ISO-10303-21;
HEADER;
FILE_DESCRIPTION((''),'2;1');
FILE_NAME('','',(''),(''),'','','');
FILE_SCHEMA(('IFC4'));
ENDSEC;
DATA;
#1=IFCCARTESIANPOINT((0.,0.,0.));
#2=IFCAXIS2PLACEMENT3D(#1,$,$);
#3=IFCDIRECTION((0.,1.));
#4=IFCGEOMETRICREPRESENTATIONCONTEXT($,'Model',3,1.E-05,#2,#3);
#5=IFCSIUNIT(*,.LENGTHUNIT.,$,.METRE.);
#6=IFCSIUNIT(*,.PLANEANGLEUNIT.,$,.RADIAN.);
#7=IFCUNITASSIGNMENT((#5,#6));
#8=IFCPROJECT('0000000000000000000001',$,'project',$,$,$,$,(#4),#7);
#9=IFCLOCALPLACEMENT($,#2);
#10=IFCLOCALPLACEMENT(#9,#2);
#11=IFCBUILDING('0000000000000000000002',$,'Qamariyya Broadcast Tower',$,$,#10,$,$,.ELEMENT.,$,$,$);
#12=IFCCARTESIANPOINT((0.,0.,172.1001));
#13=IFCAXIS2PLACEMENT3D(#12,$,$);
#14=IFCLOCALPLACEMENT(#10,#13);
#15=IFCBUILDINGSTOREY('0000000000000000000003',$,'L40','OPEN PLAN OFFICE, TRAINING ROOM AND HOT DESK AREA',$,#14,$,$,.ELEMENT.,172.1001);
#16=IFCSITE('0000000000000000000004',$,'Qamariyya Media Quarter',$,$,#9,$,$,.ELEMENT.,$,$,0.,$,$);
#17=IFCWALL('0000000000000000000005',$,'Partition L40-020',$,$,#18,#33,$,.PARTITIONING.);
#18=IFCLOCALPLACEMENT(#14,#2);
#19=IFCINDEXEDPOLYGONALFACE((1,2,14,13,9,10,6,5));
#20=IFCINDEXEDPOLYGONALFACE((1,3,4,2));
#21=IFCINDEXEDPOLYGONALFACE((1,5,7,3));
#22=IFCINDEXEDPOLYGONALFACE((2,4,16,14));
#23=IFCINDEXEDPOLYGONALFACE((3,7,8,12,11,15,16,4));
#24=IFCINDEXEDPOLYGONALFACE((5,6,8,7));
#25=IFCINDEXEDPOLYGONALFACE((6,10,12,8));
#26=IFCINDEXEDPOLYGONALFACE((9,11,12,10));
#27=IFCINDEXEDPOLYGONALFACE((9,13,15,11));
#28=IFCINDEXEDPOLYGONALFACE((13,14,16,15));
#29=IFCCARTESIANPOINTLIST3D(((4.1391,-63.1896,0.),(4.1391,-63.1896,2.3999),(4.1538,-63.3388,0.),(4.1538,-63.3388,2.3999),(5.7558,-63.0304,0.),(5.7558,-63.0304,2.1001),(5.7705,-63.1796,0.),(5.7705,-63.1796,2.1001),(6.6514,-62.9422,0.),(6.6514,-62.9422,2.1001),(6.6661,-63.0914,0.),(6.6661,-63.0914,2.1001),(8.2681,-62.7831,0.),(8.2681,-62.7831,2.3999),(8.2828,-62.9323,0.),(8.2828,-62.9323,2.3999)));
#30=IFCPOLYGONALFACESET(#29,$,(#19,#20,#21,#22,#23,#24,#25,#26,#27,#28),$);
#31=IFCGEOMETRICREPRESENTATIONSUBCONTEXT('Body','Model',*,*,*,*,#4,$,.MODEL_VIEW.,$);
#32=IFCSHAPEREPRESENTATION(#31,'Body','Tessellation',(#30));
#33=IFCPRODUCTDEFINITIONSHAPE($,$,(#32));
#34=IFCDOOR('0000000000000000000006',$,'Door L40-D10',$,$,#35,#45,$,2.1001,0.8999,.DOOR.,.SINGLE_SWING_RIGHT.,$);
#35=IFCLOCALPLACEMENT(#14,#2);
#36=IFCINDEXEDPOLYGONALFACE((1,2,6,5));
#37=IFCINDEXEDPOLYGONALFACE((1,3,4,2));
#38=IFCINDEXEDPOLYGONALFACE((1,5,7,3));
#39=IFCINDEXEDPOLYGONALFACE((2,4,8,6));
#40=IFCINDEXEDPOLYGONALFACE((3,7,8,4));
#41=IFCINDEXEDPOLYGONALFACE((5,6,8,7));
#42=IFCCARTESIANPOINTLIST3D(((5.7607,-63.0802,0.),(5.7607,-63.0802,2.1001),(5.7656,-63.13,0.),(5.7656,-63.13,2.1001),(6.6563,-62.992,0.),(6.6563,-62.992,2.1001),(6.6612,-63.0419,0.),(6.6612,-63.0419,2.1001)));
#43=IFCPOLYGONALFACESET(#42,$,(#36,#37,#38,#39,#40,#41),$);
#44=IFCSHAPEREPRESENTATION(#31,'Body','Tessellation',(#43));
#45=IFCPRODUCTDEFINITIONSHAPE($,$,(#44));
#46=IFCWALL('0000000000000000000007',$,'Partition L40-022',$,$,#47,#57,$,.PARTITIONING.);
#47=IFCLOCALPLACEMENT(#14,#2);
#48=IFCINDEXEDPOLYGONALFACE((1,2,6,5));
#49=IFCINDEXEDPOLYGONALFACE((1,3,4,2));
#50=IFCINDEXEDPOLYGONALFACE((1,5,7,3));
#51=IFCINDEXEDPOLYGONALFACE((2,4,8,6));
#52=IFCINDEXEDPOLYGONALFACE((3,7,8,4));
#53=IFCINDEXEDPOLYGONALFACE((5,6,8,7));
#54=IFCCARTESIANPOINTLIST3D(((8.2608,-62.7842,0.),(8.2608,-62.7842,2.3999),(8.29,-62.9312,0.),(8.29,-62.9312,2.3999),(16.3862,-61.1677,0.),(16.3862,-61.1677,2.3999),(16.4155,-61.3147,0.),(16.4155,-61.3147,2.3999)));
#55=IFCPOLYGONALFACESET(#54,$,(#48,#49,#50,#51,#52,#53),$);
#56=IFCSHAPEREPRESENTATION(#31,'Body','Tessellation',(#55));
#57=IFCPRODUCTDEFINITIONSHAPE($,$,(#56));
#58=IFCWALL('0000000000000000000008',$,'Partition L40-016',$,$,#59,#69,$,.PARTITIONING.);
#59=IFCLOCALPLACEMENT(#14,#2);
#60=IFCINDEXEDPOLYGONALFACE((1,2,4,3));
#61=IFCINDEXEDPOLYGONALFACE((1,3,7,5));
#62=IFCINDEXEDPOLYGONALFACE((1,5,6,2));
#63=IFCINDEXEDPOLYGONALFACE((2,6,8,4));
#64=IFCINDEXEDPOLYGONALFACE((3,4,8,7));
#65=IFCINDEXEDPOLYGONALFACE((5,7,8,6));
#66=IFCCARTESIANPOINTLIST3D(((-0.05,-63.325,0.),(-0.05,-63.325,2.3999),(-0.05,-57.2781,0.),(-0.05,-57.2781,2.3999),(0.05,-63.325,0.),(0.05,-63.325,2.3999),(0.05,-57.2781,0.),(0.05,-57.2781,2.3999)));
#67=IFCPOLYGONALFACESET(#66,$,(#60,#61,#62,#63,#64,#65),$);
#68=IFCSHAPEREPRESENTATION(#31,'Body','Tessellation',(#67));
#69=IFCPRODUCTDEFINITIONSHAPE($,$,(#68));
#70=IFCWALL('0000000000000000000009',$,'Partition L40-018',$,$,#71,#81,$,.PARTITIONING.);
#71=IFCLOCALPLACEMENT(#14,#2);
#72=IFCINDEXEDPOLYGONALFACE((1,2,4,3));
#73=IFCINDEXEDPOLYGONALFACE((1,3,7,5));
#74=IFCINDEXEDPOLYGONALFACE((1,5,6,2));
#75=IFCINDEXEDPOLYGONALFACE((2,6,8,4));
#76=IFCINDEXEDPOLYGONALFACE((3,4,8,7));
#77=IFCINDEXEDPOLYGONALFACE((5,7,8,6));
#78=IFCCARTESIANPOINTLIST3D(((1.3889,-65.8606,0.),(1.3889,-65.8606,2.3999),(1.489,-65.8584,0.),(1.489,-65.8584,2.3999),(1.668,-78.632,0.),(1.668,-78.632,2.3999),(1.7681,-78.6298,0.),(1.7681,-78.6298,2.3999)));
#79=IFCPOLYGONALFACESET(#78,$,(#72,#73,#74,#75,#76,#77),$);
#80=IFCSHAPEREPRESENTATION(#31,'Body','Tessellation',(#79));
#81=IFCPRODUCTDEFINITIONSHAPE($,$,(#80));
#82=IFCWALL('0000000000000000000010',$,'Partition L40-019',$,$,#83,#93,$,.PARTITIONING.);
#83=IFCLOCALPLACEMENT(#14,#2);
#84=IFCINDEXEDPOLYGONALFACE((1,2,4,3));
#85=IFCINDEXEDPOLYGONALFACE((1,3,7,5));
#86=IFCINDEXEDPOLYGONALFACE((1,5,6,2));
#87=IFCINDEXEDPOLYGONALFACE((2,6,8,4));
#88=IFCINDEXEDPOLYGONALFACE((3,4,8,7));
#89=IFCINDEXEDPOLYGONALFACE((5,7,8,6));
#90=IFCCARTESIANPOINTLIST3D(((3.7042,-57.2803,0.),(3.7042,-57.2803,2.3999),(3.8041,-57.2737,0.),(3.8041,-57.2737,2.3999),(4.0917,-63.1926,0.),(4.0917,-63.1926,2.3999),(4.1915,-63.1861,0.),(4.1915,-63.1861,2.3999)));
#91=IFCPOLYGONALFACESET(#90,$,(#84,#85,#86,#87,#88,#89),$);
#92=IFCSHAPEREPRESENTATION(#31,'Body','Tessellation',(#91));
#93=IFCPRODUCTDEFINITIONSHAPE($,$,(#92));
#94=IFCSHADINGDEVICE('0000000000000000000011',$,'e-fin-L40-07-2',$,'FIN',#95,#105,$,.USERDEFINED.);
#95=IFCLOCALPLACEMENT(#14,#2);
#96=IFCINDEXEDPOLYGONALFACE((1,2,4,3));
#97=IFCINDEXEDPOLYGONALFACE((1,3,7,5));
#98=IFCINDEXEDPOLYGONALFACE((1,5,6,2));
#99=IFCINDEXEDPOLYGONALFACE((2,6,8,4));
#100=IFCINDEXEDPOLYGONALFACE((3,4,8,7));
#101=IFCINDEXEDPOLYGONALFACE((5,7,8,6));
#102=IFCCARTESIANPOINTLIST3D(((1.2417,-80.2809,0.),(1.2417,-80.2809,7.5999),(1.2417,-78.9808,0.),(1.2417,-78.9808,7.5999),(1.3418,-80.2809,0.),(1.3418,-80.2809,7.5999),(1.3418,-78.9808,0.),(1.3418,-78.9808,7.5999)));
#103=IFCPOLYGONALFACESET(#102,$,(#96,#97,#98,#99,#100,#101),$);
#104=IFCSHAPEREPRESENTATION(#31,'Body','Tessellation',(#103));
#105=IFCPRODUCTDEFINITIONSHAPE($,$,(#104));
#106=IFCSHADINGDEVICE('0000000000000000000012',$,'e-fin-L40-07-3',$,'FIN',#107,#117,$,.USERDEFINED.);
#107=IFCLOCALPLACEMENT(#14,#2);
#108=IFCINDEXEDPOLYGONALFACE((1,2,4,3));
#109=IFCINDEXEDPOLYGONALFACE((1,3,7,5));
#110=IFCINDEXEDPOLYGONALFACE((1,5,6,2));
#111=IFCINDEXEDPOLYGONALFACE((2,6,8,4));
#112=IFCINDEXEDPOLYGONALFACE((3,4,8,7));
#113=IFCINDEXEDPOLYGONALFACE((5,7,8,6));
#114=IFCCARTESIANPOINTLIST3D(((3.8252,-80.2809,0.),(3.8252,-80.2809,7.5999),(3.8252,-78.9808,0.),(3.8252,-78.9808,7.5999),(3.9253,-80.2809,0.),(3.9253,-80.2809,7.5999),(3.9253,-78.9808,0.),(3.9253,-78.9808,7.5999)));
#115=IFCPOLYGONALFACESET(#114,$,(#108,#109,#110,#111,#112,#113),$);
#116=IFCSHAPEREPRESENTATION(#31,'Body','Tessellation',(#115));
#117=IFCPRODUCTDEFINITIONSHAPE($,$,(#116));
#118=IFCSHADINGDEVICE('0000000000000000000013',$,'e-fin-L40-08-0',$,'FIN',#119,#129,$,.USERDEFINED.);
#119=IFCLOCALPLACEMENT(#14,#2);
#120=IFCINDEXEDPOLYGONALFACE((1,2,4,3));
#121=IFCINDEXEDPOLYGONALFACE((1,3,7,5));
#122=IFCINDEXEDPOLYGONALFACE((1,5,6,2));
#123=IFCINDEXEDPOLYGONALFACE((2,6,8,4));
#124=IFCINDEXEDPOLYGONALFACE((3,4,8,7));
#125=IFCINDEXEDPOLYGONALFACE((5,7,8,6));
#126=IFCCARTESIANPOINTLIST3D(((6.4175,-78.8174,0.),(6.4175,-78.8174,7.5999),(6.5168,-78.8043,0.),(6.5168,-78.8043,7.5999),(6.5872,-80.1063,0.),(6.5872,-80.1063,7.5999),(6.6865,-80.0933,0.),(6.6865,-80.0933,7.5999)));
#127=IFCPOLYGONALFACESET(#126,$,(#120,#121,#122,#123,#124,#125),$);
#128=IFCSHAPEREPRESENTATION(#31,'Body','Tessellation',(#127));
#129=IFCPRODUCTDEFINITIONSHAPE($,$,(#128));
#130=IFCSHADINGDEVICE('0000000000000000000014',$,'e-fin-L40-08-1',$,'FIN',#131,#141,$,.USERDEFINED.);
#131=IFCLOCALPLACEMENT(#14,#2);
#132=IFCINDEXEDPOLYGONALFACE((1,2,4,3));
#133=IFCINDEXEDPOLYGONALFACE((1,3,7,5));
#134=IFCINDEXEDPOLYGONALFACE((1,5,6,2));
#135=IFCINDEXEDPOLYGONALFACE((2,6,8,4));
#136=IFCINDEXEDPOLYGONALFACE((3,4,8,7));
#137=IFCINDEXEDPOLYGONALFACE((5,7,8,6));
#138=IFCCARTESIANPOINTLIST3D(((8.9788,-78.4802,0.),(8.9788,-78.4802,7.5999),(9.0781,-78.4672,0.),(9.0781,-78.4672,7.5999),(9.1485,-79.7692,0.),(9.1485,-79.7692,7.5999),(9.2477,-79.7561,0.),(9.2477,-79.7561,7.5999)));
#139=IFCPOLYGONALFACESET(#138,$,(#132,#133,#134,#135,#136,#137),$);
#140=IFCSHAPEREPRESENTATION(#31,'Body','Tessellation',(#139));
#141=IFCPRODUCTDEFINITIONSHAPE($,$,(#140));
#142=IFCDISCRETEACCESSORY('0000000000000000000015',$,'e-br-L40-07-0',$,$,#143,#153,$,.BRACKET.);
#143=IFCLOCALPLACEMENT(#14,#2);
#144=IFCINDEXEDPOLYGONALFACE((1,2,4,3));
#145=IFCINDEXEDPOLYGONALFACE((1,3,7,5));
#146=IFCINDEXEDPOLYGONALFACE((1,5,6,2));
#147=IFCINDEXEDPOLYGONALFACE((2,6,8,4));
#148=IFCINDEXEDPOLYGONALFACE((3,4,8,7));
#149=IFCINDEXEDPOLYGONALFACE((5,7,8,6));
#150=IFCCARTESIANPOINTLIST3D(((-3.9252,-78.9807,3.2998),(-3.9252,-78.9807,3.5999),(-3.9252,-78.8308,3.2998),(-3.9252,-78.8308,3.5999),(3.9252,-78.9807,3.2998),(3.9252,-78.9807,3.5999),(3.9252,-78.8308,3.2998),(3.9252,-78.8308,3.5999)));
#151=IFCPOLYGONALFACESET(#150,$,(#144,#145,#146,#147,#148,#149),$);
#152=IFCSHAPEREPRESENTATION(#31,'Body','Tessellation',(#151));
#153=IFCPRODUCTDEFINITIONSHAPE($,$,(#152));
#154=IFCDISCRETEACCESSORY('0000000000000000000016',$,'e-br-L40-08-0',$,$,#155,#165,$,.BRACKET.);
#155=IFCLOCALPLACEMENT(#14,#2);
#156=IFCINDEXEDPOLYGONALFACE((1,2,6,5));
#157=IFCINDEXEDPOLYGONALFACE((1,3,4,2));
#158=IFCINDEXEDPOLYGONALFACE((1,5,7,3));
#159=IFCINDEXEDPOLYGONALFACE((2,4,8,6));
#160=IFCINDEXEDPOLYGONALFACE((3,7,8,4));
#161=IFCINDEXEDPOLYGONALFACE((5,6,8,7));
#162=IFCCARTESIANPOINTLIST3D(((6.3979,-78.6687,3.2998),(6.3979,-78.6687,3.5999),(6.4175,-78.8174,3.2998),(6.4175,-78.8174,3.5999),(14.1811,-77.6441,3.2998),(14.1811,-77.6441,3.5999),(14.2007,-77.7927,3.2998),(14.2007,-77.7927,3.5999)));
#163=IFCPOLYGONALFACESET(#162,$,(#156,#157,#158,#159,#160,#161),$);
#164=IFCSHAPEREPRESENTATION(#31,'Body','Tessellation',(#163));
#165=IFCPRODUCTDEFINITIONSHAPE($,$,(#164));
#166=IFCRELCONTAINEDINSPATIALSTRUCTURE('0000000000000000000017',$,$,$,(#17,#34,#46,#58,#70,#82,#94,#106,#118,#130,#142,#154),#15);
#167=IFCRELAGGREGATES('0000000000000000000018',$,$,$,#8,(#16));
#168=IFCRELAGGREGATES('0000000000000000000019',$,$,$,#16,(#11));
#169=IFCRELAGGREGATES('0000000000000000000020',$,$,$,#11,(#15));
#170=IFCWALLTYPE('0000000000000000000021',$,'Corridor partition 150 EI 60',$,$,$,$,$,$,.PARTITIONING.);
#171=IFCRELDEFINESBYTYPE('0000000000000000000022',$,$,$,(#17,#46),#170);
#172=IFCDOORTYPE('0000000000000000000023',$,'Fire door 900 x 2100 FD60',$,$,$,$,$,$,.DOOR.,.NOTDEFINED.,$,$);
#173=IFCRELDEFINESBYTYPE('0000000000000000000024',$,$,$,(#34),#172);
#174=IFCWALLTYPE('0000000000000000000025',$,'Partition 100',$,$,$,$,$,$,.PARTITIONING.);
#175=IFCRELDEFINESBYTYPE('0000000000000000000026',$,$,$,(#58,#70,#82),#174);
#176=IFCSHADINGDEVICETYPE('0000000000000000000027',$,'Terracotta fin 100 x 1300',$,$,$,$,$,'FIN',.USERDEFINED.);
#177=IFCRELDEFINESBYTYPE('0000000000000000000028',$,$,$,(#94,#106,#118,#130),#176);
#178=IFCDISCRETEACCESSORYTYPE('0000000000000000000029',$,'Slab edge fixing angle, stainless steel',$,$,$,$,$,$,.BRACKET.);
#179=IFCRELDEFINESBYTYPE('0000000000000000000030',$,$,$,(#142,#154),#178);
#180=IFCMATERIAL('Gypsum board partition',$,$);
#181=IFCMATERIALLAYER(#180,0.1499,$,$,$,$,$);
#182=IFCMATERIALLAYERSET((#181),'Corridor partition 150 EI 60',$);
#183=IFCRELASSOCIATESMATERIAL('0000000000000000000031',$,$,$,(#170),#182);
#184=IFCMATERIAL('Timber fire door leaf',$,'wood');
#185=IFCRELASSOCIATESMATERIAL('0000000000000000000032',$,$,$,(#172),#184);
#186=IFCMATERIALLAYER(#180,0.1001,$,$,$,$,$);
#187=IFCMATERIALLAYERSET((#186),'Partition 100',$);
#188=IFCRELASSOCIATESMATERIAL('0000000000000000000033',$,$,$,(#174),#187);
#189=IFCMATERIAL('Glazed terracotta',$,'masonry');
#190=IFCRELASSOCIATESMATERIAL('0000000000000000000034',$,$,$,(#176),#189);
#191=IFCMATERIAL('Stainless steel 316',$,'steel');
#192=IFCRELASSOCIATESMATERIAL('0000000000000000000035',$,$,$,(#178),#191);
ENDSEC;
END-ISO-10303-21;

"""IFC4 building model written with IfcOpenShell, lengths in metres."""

from ifc_helpers import new_model, si_unit, direction, frame, frame_2d, origin, origin_2d, place, context, subcontext, project, spatial, rectangle, extrude, material, layer, layer_set, material_profile, profile_set, type_object, element, fill, save


model = new_model("IFC4")

# Units and contexts
model_context = context("Model", 3, precision=1e-05, world=origin(), true_north=direction((0.0, 1.0)))
body_context = subcontext(model_context, "Body", "Model", "MODEL_VIEW")
ifc_project = project(units=[si_unit("LENGTHUNIT", "METRE"), si_unit("PLANEANGLEUNIT", "RADIAN")], contexts=[model_context])

# Site, building, storey
site_placement = place(None, origin())
site = spatial("IfcSite", under=ifc_project, at=site_placement, Name="Qamariyya Media Quarter", CompositionType="ELEMENT", RefElevation=0.0)
building_placement = place(site_placement, origin())
building = spatial("IfcBuilding", under=site, at=building_placement, Name="Qamariyya Broadcast Tower", CompositionType="ELEMENT")
storey_placement = place(building_placement, frame((0.0, 0.0, 172.1001)))
storey = spatial("IfcBuildingStorey", under=building, at=storey_placement, Name="L40", Description="OPEN PLAN OFFICE, TRAINING ROOM AND HOT DESK AREA", CompositionType="ELEMENT", Elevation=172.1001)

# Wall, opening, door
ifc_material_1 = material(Name="Gypsum board partition")
ifc_layer_1 = layer(ifc_material_1, 0.1499)
ifc_layer_set_1 = layer_set([ifc_layer_1], Name="Corridor partition 150 EI 60")
wall_type_1 = type_object("IfcWallType", Name="Corridor partition 150 EI 60", PredefinedType="PARTITIONING", material=ifc_layer_set_1)
ifc_material_2 = material(Name="Timber fire door leaf", Category="wood")
door_type_1 = type_object("IfcDoorType", Name="Fire door 900 x 2100 FD60", OperationType="NOTDEFINED", PredefinedType="DOOR", material=ifc_material_2)
wall_1_placement = place(storey_placement, frame((4.1465, -63.2642, 0.0), z_axis=(0.0, 0.0, 1.0), x_axis=(0.995189, 0.097977, 0.0)))
wall_1 = element("IfcWall", 1, at=wall_1_placement, inside=storey, type_object=wall_type_1, Name="Partition L40-020", PredefinedType="PARTITIONING", context=body_context, shape_type="SweptSolid", body=[
    extrude(rectangle(XDim=4.1489, YDim=0.1499, at=frame_2d((2.0745, 0.0))), origin(), (0.0, 0.0, 1.0), 2.3999),
])
opening_1_placement = place(wall_1_placement, frame((1.6245, 0.0, 0.0)))
opening_1 = element("IfcOpeningElement", 2, at=opening_1_placement, cuts=wall_1, PredefinedType="OPENING", context=body_context, shape_type="SweptSolid", body=[
    extrude(rectangle(XDim=0.8999, YDim=2.1001, at=frame_2d((0.45, 1.05))), frame((0.0, 0.085, 0.0), z_axis=(0.0, -1.0, 0.0), x_axis=(1.0, 0.0, 0.0)), (0.0, 0.0, 1.0), 0.1699),
])
door_1_placement = place(opening_1_placement, origin())
door_1 = element("IfcDoor", 3, at=door_1_placement, inside=storey, type_object=door_type_1, Name="Door L40-D10", OperationType="SINGLE_SWING_RIGHT", OverallHeight=2.1001, OverallWidth=0.8999, PredefinedType="DOOR", context=body_context, shape_type="SweptSolid", body=[
    extrude(rectangle(XDim=0.8999, YDim=2.1001, at=frame_2d((0.45, 1.05))), frame((0.0, 0.0249, 0.0), z_axis=(0.0, -1.0, 0.0), x_axis=(1.0, 0.0, 0.0)), (0.0, 0.0, 1.0), 0.05),
])
fill(opening_1, door_1)

# Walls
wall_2_placement = place(storey_placement, frame((8.2754, -62.8577, 0.0), z_axis=(0.0, 0.0, 1.0), x_axis=(0.980781, 0.195113, 0.0)))
element("IfcWall", 4, at=wall_2_placement, inside=storey, type_object=wall_type_1, Name="Partition L40-022", PredefinedType="PARTITIONING", context=body_context, shape_type="SweptSolid", body=[
    extrude(rectangle(XDim=8.2847, YDim=0.1499, at=frame_2d((4.1423, 0.0))), origin(), (0.0, 0.0, 1.0), 2.3999),
])
ifc_layer_2 = layer(ifc_material_1, 0.1001)
ifc_layer_set_2 = layer_set([ifc_layer_2], Name="Partition 100")
wall_type_2 = type_object("IfcWallType", Name="Partition 100", PredefinedType="PARTITIONING", material=ifc_layer_set_2)
wall_3_placement = place(storey_placement, frame((0.0, -57.2781, 0.0), z_axis=(0.0, 0.0, 1.0), x_axis=(0.0, -1.0, 0.0)))
element("IfcWall", 5, at=wall_3_placement, inside=storey, type_object=wall_type_2, Name="Partition L40-016", PredefinedType="PARTITIONING", context=body_context, shape_type="SweptSolid", body=[
    extrude(rectangle(XDim=6.0469, YDim=0.1001, at=frame_2d((3.0234, 0.0))), origin(), (0.0, 0.0, 1.0), 2.3999),
])
wall_4_placement = place(storey_placement, frame((1.718, -78.6309, 0.0), z_axis=(0.0, 0.0, 1.0), x_axis=(-0.021844, 0.999761, 0.0)))
element("IfcWall", 6, at=wall_4_placement, inside=storey, type_object=wall_type_2, Name="Partition L40-018", PredefinedType="PARTITIONING", context=body_context, shape_type="SweptSolid", body=[
    extrude(rectangle(XDim=12.7744, YDim=0.1001, at=frame_2d((6.3872, 0.0))), origin(), (0.0, 0.0, 1.0), 2.3999),
])
wall_5_placement = place(storey_placement, frame((3.7542, -57.2771, 0.0), z_axis=(0.0, 0.0, 1.0), x_axis=(0.065392, -0.99786, 0.0)))
element("IfcWall", 7, at=wall_5_placement, inside=storey, type_object=wall_type_2, Name="Partition L40-019", PredefinedType="PARTITIONING", context=body_context, shape_type="SweptSolid", body=[
    extrude(rectangle(XDim=5.925, YDim=0.1001, at=frame_2d((2.9624, 0.0))), origin(), (0.0, 0.0, 1.0), 2.3999),
])

# Shading devices
ifc_material_3 = material(Name="Glazed terracotta", Category="masonry")
ifc_material_profile_1 = material_profile(ifc_material_3, rectangle(XDim=1.3, YDim=0.1001, at=origin_2d()))
ifc_profile_set_1 = profile_set([ifc_material_profile_1], Name="Glazed terracotta")
shading_device_type = type_object("IfcShadingDeviceType", Name="Terracotta fin 100 x 1300", ElementType="FIN", PredefinedType="USERDEFINED", material=ifc_profile_set_1)
for number, where, z_axis, x_axis, name in (
    (8, (1.2917, -79.6309, 0.0), (0.0, 0.0, 1.0), (0.0, -1.0, 0.0), "e-fin-L40-07-2"),
    (9, (3.8752, -79.6309, 0.0), (0.0, 0.0, 1.0), (0.0, -1.0, 0.0), "e-fin-L40-07-3"),
    (10, (6.552, -79.4553, 0.0), (0.0, 0.0, 1.0), (0.130526, -0.991445, 0.0), "e-fin-L40-08-0"),
    (11, (9.1133, -79.1182, 0.0), (0.0, 0.0, 1.0), (0.130526, -0.991445, 0.0), "e-fin-L40-08-1"),
):
    element("IfcShadingDevice", number, at=place(storey_placement, frame(where, z_axis=z_axis, x_axis=x_axis)), inside=storey, type_object=shading_device_type, Name=name, ObjectType="FIN", PredefinedType="USERDEFINED", context=body_context, shape_type="SweptSolid", body=[
        extrude(rectangle(XDim=1.3, YDim=0.1001, at=origin_2d()), origin(), (0.0, 0.0, 1.0), 7.5999),
    ])

# Discrete accessories
ifc_material_4 = material(Name="Stainless steel 316", Category="steel")
discrete_accessory_type = type_object("IfcDiscreteAccessoryType", Name="Slab edge fixing angle, stainless steel", PredefinedType="BRACKET", material=ifc_material_4)
for number, where, z_axis, x_axis, name in (
    (12, (0.0, -78.9058, 3.2998), (0.0, 0.0, 1.0), (1.0, 0.0, 0.0), "e-br-L40-07-0"),
    (13, (10.2993, -78.2307, 3.2998), (0.0, 0.0, 1.0), (0.991445, 0.130526, 0.0), "e-br-L40-08-0"),
):
    element("IfcDiscreteAccessory", number, at=place(storey_placement, frame(where, z_axis=z_axis, x_axis=x_axis)), inside=storey, type_object=discrete_accessory_type, Name=name, PredefinedType="BRACKET", context=body_context, shape_type="SweptSolid", body=[
        extrude(rectangle(XDim=7.8503, YDim=0.1499, at=origin_2d()), origin(), (0.0, 0.0, 1.0), 0.3),
    ])

save(model, "model.ifc")
